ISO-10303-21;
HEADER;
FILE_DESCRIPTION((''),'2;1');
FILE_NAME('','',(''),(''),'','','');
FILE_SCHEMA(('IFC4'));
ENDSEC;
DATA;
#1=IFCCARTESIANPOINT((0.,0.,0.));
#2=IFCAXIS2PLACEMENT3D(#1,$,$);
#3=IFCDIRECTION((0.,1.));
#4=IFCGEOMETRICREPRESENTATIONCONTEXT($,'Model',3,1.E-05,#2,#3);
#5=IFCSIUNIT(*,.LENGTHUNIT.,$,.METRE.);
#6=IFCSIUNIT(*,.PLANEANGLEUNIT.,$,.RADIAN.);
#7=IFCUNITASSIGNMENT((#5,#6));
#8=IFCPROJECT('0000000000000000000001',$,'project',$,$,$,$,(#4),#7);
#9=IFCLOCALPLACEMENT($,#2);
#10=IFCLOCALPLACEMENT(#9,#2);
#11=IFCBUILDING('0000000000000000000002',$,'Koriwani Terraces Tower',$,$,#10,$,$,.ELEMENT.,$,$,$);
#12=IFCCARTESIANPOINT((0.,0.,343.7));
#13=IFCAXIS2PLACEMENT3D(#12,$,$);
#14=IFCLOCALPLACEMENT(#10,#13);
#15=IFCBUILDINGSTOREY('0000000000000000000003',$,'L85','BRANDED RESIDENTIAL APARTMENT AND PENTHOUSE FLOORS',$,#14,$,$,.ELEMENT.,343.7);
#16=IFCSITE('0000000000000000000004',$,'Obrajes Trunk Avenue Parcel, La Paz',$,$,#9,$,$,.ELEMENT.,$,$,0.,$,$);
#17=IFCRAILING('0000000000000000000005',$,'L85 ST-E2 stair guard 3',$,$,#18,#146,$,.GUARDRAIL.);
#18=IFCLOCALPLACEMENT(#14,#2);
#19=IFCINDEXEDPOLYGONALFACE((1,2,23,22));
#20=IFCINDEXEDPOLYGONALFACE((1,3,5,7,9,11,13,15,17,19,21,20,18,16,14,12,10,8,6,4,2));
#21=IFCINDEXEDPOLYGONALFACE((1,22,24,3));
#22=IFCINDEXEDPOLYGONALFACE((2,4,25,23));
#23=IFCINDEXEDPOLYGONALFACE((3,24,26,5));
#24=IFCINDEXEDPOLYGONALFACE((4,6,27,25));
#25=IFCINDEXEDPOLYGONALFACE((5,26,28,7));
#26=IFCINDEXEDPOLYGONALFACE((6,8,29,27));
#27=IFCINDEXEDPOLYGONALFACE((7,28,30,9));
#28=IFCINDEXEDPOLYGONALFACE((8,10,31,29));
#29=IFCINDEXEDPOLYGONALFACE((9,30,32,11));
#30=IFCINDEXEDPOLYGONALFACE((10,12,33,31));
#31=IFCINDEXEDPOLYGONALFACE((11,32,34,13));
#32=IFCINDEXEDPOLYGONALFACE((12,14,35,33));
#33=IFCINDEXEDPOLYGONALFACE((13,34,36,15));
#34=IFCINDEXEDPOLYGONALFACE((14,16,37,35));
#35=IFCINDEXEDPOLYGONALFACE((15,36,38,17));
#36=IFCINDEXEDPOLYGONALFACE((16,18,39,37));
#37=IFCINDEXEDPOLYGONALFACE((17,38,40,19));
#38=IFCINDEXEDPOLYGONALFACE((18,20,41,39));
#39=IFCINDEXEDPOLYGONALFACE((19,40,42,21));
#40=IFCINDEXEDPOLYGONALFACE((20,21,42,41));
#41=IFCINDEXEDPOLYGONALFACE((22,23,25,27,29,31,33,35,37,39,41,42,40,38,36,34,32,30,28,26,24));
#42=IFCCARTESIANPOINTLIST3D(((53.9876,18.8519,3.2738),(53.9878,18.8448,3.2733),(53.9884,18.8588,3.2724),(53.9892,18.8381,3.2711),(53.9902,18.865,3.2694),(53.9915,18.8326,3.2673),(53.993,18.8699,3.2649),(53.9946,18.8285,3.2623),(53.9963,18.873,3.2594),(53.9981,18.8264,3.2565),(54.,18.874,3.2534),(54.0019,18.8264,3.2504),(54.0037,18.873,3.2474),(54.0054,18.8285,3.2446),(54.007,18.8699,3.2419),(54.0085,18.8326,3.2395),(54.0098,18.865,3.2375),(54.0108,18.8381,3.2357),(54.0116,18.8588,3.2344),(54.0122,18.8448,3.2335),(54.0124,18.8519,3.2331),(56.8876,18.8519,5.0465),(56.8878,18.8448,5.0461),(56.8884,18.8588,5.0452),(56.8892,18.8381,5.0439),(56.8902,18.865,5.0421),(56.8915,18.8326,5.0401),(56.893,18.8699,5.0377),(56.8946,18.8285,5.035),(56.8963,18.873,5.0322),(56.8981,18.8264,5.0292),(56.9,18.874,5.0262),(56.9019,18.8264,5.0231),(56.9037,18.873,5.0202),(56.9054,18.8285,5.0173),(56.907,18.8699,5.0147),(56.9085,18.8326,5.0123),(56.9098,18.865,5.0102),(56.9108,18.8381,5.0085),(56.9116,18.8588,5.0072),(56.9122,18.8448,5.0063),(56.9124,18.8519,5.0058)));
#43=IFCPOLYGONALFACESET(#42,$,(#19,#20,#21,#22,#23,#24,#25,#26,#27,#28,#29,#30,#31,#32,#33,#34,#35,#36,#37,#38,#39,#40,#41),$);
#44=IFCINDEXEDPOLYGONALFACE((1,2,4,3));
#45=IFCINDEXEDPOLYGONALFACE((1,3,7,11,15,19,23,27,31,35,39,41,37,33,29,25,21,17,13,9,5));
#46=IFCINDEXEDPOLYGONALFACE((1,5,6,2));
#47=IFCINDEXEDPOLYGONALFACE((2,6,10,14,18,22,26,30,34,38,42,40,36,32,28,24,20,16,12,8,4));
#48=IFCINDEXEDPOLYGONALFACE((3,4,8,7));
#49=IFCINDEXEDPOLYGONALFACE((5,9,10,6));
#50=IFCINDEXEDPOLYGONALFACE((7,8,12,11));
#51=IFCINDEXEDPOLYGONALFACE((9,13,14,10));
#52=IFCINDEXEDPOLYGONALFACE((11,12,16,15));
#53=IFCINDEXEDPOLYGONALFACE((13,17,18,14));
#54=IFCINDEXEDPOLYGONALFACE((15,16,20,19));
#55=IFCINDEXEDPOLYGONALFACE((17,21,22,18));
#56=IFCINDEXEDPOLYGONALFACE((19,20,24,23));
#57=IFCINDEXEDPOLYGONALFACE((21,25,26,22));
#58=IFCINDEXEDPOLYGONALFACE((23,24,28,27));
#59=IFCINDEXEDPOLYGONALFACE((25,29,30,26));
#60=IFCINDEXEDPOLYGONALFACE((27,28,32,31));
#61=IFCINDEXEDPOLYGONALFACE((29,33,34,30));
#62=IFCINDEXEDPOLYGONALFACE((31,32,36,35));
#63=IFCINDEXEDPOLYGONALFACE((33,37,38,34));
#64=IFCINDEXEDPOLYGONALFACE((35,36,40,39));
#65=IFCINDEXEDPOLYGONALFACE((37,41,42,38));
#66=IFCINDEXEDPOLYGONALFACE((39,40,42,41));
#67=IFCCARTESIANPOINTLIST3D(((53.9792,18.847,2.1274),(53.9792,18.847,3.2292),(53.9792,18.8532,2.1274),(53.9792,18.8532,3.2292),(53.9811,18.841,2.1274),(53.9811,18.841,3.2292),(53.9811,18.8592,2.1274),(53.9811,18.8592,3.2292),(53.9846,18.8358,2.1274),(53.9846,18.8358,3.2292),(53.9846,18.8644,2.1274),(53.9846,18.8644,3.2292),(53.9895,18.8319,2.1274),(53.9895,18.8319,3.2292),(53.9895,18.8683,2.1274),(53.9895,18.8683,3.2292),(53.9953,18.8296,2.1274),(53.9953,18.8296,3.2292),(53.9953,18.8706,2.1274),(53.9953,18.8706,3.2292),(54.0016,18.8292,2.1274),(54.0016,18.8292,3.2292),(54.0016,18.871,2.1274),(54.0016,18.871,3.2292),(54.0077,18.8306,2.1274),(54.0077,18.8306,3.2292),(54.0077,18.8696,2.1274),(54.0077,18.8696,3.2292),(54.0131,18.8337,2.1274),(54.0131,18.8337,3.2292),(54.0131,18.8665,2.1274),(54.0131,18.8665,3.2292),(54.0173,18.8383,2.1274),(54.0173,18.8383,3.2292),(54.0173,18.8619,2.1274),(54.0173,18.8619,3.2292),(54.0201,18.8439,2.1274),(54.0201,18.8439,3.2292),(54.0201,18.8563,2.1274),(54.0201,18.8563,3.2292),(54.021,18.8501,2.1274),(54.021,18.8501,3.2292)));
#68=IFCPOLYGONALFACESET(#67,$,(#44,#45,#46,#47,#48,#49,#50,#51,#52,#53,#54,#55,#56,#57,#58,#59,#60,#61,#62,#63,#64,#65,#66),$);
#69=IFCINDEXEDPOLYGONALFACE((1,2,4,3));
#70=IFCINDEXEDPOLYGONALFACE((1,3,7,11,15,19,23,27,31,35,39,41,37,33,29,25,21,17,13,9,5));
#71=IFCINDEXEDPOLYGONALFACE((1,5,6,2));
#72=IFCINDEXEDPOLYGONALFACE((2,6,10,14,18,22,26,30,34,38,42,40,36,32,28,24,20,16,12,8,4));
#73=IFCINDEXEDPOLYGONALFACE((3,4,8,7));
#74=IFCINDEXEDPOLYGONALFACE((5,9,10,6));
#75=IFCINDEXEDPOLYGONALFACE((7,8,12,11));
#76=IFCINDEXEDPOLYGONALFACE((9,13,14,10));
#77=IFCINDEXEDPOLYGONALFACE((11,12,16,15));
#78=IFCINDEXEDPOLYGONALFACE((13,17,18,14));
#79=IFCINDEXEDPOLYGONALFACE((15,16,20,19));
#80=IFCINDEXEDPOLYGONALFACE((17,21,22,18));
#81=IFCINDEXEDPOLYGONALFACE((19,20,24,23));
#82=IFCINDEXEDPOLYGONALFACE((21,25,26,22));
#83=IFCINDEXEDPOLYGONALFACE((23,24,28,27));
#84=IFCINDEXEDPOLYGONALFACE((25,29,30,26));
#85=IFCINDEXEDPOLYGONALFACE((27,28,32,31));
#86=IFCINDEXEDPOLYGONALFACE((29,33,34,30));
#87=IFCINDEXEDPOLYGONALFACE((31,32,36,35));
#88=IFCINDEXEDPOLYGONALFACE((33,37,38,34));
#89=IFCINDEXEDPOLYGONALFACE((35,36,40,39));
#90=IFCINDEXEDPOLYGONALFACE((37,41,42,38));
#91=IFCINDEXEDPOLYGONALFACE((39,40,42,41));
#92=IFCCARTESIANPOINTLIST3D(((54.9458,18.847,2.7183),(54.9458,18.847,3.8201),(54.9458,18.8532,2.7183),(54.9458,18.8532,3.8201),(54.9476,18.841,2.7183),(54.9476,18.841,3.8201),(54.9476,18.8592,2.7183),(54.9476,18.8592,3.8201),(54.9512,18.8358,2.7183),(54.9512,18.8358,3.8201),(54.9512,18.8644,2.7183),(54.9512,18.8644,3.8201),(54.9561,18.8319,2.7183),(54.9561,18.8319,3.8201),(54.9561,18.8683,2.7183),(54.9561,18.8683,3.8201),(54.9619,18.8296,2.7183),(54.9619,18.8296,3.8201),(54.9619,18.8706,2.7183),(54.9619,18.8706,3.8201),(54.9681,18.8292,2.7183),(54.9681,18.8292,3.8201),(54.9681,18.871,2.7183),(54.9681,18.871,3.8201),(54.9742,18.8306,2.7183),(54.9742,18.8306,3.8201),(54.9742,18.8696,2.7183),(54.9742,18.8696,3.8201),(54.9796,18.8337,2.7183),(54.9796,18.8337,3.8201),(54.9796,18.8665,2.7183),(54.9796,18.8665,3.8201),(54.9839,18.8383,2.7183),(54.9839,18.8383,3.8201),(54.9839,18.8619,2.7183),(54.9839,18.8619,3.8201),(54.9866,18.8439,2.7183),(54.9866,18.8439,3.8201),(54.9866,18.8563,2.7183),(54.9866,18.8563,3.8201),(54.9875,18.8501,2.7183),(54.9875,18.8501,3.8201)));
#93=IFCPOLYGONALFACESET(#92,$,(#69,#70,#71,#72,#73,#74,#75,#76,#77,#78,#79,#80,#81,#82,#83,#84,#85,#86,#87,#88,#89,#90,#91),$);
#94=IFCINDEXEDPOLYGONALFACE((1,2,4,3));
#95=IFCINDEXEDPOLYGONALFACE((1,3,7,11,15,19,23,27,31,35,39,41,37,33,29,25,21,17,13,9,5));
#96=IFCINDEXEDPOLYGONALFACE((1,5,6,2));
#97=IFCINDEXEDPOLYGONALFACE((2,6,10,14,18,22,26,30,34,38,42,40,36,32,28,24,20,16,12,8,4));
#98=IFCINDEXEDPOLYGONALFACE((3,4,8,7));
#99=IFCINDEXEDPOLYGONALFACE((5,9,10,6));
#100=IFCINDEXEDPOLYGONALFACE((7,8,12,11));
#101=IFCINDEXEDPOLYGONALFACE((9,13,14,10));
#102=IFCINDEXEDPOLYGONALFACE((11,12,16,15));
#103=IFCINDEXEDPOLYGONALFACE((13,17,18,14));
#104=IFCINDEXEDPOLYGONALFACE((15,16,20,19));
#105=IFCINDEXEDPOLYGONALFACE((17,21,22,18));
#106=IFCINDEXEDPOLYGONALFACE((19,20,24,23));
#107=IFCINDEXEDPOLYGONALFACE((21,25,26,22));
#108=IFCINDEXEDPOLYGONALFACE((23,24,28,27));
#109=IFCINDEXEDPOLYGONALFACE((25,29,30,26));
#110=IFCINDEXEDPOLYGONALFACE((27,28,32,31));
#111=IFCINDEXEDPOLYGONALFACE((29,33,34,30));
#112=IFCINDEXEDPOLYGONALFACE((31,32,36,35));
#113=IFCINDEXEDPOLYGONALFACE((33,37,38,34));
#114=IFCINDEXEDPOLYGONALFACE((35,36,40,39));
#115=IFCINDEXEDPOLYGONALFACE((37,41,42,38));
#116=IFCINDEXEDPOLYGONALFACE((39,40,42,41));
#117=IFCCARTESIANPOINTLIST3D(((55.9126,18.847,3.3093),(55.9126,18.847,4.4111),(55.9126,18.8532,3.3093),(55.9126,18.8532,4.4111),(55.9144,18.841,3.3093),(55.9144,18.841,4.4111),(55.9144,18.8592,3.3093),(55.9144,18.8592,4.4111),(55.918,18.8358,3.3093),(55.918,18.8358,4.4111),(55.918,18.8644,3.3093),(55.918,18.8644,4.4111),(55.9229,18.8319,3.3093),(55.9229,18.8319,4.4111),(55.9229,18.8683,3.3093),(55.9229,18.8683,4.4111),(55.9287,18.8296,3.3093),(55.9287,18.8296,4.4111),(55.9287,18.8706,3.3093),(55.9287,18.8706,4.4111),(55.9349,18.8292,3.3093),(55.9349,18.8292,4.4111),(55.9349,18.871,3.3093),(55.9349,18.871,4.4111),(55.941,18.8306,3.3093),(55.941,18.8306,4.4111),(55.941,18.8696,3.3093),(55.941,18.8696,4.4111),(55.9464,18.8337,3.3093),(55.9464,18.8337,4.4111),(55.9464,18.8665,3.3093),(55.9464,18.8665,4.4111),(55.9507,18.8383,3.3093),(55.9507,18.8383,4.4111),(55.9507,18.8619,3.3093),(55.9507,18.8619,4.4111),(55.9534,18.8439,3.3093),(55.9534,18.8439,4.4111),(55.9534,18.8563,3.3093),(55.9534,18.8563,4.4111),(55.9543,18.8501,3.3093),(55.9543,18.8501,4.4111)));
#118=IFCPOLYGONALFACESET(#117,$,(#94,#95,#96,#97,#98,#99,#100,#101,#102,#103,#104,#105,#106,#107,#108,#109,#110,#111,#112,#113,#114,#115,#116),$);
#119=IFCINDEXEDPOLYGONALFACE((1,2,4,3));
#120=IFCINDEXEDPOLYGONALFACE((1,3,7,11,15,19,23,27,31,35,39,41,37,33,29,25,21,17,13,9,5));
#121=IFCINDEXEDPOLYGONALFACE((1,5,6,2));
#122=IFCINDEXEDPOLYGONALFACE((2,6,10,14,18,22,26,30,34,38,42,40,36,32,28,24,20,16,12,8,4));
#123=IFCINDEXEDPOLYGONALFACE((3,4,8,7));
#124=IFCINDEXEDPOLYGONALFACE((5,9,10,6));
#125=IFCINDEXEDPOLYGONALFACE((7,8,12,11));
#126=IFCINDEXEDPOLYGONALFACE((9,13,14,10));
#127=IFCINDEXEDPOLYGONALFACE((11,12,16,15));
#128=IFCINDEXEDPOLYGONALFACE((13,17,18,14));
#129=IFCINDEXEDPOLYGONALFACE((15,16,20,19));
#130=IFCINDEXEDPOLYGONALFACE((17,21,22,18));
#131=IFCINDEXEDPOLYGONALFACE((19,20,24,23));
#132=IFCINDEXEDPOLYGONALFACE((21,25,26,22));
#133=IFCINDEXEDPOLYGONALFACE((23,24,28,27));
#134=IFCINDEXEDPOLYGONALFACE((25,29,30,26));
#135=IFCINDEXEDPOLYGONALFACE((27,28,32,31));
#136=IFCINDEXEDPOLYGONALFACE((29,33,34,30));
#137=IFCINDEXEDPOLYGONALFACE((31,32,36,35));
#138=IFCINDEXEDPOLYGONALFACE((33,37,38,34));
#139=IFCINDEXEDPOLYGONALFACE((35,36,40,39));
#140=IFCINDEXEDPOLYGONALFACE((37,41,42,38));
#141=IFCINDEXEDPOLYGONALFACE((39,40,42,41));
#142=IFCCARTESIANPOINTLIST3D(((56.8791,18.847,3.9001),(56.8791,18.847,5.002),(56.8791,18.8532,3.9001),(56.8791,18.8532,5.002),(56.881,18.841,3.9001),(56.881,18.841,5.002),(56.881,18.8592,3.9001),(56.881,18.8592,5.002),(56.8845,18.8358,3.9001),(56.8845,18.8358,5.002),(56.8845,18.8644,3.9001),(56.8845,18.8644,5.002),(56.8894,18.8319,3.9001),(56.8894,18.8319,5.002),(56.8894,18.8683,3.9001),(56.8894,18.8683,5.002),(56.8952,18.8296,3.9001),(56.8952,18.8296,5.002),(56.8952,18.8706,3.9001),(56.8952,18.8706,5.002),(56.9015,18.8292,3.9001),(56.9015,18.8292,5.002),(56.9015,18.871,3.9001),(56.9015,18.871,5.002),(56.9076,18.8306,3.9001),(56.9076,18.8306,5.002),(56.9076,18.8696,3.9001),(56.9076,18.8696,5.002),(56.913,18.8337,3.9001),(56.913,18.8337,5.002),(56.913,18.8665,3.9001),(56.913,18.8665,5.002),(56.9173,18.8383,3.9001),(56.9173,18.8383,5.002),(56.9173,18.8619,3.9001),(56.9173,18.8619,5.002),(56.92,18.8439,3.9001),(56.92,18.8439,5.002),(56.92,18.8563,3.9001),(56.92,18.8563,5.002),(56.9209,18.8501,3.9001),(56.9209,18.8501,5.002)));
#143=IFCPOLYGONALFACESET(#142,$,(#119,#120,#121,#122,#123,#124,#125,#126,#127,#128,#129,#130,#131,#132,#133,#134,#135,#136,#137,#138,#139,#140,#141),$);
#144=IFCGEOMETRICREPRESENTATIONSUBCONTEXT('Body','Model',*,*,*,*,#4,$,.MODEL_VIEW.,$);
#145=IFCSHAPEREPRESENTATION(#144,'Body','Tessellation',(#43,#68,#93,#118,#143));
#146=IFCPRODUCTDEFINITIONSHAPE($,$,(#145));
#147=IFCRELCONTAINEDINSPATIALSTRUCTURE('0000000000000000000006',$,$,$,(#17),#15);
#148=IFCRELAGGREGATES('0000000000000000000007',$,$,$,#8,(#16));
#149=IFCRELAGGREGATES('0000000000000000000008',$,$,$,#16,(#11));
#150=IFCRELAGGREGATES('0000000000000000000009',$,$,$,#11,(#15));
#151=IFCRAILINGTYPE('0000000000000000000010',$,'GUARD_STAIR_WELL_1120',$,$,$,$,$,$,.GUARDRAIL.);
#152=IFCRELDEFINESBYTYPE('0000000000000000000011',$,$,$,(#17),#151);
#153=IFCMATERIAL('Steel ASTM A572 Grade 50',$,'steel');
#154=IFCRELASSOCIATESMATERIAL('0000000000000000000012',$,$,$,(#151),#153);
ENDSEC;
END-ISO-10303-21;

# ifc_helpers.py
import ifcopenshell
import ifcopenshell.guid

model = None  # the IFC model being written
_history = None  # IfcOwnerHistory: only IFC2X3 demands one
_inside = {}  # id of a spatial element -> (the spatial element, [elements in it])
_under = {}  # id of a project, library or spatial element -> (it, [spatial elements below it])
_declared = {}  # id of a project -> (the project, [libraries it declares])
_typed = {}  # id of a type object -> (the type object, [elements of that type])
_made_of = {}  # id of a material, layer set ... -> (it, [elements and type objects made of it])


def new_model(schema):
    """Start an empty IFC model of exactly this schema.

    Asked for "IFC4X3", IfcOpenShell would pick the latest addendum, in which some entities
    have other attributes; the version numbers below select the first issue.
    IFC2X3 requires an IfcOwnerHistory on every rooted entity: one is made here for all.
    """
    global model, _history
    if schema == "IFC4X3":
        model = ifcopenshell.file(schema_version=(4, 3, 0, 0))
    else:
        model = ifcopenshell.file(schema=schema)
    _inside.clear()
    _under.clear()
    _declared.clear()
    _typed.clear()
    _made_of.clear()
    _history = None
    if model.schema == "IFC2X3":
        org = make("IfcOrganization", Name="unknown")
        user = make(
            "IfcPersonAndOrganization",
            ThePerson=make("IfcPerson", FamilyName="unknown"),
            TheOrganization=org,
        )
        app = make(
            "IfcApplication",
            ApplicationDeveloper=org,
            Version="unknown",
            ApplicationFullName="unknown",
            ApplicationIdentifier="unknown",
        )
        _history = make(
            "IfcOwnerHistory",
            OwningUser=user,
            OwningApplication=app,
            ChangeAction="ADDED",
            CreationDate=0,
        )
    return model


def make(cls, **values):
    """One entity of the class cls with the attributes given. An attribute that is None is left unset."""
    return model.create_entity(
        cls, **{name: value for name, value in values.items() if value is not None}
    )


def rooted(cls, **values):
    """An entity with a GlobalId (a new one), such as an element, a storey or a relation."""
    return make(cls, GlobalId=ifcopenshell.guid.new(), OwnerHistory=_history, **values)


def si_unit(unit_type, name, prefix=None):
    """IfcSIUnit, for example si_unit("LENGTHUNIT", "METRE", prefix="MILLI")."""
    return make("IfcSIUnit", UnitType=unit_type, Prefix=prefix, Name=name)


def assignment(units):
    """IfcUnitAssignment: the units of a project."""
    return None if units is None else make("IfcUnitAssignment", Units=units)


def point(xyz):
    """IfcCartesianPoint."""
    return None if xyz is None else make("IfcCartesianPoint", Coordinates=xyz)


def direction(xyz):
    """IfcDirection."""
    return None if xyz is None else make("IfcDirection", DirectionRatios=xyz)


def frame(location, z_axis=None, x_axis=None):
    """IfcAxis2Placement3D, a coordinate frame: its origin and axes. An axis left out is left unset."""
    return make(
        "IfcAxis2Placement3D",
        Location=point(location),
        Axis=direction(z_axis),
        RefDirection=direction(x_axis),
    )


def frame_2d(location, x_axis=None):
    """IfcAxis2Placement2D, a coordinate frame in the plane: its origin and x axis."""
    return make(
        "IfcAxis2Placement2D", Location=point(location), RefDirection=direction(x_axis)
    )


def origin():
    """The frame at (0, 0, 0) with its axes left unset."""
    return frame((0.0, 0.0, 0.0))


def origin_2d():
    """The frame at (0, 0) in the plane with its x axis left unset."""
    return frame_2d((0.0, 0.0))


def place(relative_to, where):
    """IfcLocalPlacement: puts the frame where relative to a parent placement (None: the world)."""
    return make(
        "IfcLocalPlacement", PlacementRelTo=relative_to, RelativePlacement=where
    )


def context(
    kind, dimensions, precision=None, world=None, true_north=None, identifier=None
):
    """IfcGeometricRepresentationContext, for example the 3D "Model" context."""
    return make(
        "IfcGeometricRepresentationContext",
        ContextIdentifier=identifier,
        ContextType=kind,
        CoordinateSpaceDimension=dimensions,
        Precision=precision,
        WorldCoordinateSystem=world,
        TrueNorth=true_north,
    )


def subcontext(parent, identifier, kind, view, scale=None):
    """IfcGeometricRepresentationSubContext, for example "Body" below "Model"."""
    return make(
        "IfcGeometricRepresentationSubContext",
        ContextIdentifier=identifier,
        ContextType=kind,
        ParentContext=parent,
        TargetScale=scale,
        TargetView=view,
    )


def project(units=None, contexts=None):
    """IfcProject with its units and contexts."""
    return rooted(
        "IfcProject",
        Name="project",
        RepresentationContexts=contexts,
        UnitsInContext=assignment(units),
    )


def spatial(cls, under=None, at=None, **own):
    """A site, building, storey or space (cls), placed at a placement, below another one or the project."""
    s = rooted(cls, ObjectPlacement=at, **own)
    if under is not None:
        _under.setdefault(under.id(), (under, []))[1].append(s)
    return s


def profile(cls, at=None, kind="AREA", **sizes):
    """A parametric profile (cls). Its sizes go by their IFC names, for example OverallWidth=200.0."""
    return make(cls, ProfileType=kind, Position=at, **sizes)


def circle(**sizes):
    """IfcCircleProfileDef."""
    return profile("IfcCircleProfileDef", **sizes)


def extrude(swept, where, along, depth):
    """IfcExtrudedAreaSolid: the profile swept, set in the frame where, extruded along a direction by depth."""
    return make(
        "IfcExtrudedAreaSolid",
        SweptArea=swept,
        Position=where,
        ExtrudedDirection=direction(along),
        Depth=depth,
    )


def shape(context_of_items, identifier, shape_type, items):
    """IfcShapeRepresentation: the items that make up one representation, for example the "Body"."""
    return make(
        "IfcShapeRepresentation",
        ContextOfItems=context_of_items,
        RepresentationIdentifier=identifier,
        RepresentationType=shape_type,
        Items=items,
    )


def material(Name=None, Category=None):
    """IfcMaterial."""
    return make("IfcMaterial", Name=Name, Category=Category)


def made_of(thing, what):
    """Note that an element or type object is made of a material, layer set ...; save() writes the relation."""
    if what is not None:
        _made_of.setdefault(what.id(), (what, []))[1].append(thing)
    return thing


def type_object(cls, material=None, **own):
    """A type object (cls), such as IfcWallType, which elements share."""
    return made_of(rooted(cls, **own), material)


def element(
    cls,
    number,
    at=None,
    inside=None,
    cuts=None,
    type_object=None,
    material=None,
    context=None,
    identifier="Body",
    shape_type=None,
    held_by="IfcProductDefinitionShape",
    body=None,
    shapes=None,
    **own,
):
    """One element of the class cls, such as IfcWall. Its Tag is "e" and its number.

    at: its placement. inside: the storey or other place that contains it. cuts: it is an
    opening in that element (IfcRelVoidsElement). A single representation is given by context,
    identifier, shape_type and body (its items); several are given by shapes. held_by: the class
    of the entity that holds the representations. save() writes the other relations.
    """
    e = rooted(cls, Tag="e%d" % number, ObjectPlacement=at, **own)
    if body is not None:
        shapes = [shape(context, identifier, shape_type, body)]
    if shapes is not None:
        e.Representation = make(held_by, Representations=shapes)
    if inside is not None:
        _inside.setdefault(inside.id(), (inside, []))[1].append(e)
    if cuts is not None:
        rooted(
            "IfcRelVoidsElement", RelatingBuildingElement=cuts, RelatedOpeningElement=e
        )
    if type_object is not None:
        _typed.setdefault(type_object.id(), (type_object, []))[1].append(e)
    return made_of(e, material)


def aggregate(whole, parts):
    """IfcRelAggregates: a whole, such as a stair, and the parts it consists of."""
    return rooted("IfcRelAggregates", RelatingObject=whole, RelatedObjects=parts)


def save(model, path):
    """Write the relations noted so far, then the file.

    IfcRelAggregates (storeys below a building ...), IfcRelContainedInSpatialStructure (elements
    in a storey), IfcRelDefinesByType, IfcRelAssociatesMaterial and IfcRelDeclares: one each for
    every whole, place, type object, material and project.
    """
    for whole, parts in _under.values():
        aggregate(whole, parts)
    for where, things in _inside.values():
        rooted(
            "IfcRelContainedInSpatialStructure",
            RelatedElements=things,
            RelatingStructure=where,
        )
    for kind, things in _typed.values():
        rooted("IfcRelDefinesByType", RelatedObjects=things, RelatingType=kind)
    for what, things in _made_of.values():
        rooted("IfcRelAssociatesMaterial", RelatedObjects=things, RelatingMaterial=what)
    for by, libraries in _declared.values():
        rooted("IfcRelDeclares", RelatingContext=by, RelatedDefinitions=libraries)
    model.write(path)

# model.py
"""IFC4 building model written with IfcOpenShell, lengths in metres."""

from ifc_helpers import new_model, si_unit, direction, frame, origin, origin_2d, place, context, subcontext, project, spatial, circle, extrude, material, type_object, element, save


model = new_model("IFC4")

# Units and contexts
model_context = context("Model", 3, precision=1e-05, world=origin(), true_north=direction((0.0, 1.0)))
body_context = subcontext(model_context, "Body", "Model", "MODEL_VIEW")
ifc_project = project(units=[si_unit("LENGTHUNIT", "METRE"), si_unit("PLANEANGLEUNIT", "RADIAN")], contexts=[model_context])

# Site, building, storey
site_placement = place(None, origin())
site = spatial("IfcSite", under=ifc_project, at=site_placement, Name="Obrajes Trunk Avenue Parcel, La Paz", CompositionType="ELEMENT", RefElevation=0.0)
building_placement = place(site_placement, origin())
building = spatial("IfcBuilding", under=site, at=building_placement, Name="Koriwani Terraces Tower", CompositionType="ELEMENT")
storey_placement = place(building_placement, frame((0.0, 0.0, 343.7)))
storey = spatial("IfcBuildingStorey", under=building, at=storey_placement, Name="L85", Description="BRANDED RESIDENTIAL APARTMENT AND PENTHOUSE FLOORS", CompositionType="ELEMENT", Elevation=343.7)

# Shared definitions
ifc_material_1 = material(Name="Steel ASTM A572 Grade 50", Category="steel")

# Railing
railing_type = type_object("IfcRailingType", Name="GUARD_STAIR_WELL_1120", PredefinedType="GUARDRAIL", material=ifc_material_1)
railing_1_placement = place(storey_placement, frame((54.0, 18.8501, 2.1274)))
element("IfcRailing", 1, at=railing_1_placement, inside=storey, type_object=railing_type, Name="L85 ST-E2 stair guard 3", PredefinedType="GUARDRAIL", context=body_context, shape_type="SweptSolid", body=[
    extrude(circle(Radius=0.0239, at=origin_2d()), frame((0.0, 0.0, 1.126), z_axis=(0.853211, 0.0, 0.521566), x_axis=(0.0, 1.0, 0.0)), (0.0, 0.0, 1.0), 3.3989),
    extrude(circle(Radius=0.021, at=origin_2d()), origin(), (0.0, 0.0, 1.0), 1.1018),
    extrude(circle(Radius=0.021, at=origin_2d()), frame((0.9666, 0.0, 0.5908)), (0.0, 0.0, 1.0), 1.1018),
    extrude(circle(Radius=0.021, at=origin_2d()), frame((1.9333, 0.0, 1.1819)), (0.0, 0.0, 1.0), 1.1018),
    extrude(circle(Radius=0.021, at=origin_2d()), frame((2.8999, 0.0, 1.7727)), (0.0, 0.0, 1.0), 1.1018),
])

save(model, "model.ifc")
